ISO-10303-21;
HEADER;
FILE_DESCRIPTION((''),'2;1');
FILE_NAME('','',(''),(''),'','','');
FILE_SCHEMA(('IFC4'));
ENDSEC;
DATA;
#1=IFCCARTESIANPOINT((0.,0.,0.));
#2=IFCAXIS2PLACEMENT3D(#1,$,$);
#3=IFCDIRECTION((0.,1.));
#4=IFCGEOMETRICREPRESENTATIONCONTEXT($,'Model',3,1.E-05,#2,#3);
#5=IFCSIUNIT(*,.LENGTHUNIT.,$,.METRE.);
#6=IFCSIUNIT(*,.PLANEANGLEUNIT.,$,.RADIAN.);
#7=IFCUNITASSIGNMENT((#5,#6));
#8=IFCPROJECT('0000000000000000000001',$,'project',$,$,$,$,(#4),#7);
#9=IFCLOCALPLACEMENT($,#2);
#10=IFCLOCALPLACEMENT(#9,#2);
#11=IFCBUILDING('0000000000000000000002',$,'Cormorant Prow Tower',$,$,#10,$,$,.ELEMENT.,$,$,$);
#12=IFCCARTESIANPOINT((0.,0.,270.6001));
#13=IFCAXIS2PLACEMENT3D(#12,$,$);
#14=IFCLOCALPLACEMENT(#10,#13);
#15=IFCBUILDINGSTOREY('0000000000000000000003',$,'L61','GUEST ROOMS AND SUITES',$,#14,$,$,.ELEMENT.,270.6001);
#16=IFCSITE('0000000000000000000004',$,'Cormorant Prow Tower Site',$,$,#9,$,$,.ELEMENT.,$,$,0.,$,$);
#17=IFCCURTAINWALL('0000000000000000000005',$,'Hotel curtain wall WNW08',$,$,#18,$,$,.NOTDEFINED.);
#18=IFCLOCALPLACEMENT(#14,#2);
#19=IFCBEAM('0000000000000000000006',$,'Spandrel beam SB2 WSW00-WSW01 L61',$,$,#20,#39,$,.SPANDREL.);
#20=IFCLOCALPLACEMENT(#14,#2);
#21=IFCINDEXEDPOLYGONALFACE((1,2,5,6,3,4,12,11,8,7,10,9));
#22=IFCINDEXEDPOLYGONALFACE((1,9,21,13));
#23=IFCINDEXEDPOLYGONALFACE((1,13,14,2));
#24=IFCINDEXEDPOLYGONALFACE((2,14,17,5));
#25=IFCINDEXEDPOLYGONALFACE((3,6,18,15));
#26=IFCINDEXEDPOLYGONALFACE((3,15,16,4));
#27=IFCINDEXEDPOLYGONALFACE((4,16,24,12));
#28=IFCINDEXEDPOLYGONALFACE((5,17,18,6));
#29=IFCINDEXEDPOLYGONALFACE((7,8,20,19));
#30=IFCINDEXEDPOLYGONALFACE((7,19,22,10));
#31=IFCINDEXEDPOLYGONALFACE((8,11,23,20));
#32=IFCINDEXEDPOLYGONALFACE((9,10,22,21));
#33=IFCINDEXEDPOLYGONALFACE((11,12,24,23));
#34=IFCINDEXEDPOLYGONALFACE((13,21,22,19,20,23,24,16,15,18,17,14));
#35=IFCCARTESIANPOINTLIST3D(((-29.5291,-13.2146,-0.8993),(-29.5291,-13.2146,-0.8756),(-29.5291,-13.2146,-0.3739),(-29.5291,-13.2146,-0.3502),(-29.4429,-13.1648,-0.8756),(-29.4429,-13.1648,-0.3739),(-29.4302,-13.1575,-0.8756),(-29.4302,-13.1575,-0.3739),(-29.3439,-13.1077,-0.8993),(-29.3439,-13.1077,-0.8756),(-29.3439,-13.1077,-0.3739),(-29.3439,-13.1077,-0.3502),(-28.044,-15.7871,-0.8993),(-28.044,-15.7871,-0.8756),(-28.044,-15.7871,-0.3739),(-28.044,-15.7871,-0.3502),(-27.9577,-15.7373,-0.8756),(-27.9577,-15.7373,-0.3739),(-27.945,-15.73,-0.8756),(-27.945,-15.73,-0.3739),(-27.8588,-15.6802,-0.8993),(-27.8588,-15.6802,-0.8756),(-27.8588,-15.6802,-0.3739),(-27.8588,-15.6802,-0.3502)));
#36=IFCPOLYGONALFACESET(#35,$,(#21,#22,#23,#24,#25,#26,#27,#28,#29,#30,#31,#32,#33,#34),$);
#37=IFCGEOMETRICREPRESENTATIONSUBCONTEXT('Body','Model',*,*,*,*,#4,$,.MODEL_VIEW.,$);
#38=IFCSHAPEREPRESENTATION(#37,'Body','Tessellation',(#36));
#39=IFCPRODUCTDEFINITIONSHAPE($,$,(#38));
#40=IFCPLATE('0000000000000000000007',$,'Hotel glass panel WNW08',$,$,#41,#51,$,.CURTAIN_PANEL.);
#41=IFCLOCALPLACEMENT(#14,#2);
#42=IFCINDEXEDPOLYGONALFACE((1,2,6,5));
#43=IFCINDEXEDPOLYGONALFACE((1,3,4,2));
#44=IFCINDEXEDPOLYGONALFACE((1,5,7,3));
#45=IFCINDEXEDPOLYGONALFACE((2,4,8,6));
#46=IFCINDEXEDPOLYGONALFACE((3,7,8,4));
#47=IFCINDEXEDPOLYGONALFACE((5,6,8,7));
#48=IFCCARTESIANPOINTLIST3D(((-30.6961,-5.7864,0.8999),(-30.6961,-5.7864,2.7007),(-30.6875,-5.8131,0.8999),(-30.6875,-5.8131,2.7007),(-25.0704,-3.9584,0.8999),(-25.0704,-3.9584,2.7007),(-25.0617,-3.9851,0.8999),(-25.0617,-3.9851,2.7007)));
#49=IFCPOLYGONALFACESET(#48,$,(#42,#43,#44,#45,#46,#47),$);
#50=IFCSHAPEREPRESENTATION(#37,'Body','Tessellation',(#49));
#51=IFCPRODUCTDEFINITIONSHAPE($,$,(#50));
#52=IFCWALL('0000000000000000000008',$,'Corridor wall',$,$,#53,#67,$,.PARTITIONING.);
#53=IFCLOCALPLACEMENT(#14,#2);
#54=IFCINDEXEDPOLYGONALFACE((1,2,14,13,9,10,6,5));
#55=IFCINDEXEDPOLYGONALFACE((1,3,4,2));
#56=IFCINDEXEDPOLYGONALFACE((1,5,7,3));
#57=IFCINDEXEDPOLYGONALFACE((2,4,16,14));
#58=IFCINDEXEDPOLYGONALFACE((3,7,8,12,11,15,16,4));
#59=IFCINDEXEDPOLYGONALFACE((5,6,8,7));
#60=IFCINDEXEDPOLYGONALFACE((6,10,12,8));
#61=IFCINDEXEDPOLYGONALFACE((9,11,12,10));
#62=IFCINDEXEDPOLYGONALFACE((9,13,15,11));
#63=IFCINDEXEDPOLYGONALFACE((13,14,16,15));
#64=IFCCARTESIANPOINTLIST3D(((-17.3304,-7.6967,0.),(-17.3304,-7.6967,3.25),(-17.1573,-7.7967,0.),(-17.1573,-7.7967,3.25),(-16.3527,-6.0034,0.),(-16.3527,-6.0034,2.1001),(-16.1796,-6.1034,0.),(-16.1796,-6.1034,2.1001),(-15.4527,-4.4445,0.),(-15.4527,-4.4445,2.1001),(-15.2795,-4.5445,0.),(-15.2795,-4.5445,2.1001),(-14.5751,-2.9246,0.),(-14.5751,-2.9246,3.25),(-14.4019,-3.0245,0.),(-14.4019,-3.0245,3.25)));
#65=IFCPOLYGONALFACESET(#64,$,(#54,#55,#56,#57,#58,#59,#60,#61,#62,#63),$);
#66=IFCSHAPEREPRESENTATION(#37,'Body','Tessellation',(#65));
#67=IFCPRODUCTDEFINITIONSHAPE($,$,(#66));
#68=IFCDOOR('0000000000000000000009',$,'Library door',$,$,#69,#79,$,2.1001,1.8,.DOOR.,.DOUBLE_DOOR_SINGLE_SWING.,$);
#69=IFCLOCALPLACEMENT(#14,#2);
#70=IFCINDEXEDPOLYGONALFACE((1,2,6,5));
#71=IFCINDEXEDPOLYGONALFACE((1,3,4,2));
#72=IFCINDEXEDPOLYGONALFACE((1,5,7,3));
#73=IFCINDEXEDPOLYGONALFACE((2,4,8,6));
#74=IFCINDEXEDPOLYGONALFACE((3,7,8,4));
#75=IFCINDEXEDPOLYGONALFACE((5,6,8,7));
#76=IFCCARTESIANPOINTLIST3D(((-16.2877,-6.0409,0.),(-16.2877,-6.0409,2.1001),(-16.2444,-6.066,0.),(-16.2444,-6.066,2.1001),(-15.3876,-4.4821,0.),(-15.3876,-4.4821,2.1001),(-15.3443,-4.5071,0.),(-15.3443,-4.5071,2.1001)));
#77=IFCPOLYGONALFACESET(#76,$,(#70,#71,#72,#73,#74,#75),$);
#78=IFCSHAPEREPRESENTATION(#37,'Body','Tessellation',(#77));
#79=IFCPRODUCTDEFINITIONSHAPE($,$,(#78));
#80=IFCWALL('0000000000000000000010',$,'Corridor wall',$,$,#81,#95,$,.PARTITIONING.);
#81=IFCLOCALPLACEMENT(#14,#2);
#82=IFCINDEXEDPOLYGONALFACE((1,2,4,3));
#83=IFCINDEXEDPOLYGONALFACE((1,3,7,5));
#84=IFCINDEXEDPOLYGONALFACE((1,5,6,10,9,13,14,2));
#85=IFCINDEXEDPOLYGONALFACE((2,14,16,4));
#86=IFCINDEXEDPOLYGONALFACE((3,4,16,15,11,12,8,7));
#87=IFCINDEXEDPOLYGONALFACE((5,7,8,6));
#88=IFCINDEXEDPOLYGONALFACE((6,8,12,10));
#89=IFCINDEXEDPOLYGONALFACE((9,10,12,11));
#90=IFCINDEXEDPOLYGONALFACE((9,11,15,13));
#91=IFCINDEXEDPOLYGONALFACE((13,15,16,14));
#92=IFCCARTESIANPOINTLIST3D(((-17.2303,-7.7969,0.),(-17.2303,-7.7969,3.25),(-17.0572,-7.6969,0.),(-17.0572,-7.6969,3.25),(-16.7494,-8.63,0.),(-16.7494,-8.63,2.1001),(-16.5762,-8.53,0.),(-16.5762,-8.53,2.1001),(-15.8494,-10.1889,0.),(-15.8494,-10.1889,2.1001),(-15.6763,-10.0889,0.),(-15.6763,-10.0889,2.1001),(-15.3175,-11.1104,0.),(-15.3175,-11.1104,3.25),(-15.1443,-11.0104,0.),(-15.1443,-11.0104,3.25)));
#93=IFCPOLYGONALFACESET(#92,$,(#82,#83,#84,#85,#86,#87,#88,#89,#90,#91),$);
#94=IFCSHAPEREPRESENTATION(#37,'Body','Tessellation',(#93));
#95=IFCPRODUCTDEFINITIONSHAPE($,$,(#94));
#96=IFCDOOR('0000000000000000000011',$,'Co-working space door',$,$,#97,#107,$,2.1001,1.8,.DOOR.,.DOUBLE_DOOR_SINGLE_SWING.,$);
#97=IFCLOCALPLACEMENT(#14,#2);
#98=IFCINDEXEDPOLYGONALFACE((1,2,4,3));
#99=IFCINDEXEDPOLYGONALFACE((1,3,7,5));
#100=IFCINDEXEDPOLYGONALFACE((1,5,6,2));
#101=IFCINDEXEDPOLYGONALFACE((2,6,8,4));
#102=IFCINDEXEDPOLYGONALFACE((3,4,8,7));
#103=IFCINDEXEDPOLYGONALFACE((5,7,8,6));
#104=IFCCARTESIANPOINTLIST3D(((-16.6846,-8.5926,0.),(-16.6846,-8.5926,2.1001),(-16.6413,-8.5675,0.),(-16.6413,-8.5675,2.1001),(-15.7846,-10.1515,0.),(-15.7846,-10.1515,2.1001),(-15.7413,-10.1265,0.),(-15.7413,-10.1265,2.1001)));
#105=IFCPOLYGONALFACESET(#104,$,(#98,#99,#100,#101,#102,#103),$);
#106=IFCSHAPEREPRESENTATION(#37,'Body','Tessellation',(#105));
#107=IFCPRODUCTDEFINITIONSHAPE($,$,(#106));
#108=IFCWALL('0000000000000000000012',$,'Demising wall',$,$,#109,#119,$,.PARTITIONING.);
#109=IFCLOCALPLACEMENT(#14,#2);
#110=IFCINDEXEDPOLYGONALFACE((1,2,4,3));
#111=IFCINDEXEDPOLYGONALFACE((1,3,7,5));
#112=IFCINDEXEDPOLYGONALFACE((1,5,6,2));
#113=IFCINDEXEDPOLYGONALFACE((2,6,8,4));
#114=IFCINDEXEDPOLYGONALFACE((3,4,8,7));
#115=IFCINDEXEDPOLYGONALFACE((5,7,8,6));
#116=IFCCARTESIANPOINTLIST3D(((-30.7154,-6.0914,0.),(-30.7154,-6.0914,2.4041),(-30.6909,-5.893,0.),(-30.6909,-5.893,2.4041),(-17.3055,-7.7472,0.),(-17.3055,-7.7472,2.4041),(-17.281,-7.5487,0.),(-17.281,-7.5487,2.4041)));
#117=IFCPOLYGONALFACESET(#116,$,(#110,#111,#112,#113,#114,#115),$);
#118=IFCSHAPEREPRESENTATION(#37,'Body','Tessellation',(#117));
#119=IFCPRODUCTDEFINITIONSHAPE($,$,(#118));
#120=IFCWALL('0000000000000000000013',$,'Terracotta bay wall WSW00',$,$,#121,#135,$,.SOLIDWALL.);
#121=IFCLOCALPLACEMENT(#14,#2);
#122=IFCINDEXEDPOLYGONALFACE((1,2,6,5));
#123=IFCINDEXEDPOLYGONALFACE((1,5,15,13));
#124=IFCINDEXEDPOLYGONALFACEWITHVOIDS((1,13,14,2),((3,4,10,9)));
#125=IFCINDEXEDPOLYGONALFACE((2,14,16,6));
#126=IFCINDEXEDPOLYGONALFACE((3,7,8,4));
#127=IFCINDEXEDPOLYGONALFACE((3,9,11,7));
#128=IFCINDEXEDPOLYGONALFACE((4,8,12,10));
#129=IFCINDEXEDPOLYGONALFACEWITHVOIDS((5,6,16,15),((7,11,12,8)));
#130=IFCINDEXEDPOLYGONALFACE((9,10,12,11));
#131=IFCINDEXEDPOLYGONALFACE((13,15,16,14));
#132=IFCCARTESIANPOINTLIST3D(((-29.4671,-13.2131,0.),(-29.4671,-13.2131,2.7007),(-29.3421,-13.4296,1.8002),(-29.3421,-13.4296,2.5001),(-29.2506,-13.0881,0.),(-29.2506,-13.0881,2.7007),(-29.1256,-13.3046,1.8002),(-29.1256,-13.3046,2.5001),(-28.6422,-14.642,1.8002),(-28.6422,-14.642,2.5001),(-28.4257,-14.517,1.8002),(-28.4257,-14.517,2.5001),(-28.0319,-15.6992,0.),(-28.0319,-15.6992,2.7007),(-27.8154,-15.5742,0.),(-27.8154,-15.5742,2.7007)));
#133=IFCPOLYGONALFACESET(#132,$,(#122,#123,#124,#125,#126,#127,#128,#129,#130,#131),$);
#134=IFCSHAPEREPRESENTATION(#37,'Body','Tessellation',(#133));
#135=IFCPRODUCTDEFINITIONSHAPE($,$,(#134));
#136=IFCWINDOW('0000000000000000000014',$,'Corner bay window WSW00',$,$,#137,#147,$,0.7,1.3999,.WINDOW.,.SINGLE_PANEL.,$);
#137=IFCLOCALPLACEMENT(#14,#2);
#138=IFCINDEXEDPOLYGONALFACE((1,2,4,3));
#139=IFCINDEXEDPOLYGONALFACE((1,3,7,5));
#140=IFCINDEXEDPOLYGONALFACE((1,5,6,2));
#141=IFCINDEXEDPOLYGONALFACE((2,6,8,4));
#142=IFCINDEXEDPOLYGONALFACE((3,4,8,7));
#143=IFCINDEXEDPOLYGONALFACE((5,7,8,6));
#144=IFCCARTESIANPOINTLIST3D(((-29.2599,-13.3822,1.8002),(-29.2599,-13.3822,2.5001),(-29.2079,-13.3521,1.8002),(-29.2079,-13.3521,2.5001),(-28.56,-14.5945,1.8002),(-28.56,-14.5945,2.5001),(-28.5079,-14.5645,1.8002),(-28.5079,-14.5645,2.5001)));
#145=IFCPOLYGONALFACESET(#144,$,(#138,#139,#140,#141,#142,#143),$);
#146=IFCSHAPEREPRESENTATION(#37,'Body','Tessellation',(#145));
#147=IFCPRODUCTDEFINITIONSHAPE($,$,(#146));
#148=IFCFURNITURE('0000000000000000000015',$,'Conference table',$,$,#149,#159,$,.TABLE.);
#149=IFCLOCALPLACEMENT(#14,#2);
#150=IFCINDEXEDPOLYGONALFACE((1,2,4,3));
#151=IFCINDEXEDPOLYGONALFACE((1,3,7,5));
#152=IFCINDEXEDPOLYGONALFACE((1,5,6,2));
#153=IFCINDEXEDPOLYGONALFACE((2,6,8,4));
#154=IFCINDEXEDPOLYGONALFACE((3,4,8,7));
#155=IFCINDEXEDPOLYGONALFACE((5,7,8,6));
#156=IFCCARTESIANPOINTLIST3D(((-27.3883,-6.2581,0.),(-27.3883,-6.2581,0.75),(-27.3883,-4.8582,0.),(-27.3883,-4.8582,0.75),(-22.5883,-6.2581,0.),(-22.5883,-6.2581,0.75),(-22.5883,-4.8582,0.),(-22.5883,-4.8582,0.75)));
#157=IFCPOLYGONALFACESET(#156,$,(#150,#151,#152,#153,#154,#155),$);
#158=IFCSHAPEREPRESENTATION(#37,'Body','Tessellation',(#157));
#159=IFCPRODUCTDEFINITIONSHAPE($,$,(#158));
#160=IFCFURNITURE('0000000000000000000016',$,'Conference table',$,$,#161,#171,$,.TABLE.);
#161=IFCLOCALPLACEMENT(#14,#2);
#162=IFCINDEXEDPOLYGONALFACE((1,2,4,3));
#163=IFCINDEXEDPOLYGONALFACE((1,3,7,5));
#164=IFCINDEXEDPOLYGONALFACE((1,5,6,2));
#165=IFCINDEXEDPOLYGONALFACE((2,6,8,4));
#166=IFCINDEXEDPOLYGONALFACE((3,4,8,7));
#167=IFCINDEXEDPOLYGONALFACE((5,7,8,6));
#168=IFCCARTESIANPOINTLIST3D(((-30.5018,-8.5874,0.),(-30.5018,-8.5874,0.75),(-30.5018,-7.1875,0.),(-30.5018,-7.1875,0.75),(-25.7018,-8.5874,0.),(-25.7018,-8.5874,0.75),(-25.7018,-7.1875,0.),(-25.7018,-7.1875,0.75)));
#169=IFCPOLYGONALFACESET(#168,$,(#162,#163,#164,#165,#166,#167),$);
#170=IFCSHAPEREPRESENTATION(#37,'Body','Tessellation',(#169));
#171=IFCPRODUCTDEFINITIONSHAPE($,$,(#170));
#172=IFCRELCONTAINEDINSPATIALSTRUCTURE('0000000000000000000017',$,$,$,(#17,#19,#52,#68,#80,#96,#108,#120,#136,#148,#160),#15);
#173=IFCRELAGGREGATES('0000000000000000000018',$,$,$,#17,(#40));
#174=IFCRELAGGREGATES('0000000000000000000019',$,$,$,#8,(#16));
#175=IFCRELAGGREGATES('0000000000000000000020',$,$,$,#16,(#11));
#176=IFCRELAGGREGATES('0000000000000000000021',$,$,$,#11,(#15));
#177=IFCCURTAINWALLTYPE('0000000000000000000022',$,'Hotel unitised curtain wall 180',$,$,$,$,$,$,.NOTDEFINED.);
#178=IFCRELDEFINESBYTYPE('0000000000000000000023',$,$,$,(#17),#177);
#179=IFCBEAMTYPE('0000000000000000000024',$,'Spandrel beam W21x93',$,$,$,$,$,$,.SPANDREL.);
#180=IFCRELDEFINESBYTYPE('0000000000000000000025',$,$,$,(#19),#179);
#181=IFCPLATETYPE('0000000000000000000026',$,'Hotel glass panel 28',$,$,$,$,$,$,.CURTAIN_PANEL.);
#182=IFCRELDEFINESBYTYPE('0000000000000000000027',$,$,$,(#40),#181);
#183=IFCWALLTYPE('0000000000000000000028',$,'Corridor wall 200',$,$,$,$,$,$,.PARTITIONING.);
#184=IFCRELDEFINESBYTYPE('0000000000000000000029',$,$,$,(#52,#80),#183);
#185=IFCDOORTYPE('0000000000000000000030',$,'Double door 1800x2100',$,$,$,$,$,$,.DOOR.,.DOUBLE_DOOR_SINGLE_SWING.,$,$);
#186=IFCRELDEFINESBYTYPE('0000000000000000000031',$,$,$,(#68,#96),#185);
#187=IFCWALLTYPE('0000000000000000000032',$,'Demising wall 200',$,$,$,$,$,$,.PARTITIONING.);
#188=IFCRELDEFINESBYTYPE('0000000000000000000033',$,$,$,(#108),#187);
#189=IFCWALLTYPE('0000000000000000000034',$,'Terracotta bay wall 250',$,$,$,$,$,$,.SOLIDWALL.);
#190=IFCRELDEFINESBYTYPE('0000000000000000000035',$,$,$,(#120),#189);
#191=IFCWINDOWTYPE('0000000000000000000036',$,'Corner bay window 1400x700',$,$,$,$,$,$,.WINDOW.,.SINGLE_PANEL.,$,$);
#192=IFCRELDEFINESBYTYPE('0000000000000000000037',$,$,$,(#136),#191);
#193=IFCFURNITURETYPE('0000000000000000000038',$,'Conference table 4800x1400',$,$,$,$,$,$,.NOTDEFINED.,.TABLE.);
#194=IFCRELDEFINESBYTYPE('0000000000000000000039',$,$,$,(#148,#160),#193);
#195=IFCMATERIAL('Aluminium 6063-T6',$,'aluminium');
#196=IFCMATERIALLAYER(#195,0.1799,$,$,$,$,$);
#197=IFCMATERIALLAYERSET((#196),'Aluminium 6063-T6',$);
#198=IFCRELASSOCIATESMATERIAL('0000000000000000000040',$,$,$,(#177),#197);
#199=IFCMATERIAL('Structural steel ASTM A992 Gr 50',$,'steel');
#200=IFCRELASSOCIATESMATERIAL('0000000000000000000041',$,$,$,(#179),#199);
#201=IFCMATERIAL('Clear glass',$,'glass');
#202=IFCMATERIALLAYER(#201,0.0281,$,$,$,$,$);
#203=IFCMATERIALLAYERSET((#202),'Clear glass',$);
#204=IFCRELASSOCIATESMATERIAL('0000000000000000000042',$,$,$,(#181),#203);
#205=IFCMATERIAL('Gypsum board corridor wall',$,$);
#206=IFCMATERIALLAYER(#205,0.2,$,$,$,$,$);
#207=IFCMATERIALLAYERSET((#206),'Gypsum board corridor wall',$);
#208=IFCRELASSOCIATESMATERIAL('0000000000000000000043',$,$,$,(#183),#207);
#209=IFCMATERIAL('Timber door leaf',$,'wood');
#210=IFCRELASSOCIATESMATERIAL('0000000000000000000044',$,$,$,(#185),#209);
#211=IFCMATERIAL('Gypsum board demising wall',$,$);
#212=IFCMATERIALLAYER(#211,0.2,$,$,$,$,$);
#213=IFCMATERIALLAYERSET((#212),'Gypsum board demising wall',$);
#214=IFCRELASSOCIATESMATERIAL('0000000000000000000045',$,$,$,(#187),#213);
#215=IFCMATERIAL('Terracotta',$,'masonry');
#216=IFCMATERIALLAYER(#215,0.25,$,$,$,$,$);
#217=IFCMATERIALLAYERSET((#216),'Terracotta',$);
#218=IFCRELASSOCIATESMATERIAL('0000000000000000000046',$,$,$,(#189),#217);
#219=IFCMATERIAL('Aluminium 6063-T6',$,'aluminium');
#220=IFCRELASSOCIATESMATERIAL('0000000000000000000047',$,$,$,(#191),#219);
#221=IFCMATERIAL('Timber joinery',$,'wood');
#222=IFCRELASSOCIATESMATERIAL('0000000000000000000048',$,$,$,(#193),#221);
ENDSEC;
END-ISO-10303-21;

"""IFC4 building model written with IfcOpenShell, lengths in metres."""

from ifc_helpers import new_model, si_unit, direction, frame, frame_2d, origin, origin_2d, place, context, subcontext, project, spatial, rectangle, i_section, extrude, material, layer, layer_set, material_profile, profile_set, type_object, element, fill, aggregate, save


model = new_model("IFC4")

# Units and contexts
model_context = context("Model", 3, precision=1e-05, world=origin(), true_north=direction((0.0, 1.0)))
body_context = subcontext(model_context, "Body", "Model", "MODEL_VIEW")
ifc_project = project(units=[si_unit("LENGTHUNIT", "METRE"), si_unit("PLANEANGLEUNIT", "RADIAN")], contexts=[model_context])

# Site, building, storey
site_placement = place(None, origin())
site = spatial("IfcSite", under=ifc_project, at=site_placement, Name="Cormorant Prow Tower Site", CompositionType="ELEMENT", RefElevation=0.0)
building_placement = place(site_placement, origin())
building = spatial("IfcBuilding", under=site, at=building_placement, Name="Cormorant Prow Tower", CompositionType="ELEMENT")
storey_placement = place(building_placement, frame((0.0, 0.0, 270.6001)))
storey = spatial("IfcBuildingStorey", under=building, at=storey_placement, Name="L61", Description="GUEST ROOMS AND SUITES", CompositionType="ELEMENT", Elevation=270.6001)

# Curtain wall
ifc_material_1 = material(Name="Aluminium 6063-T6", Category="aluminium")
ifc_layer_1 = layer(ifc_material_1, 0.1799)
ifc_layer_set_1 = layer_set([ifc_layer_1], Name="Aluminium 6063-T6")
curtain_wall_type = type_object("IfcCurtainWallType", Name="Hotel unitised curtain wall 180", PredefinedType="NOTDEFINED", material=ifc_layer_set_1)
curtain_wall_placement = place(storey_placement, origin())
curtain_wall = element("IfcCurtainWall", 1, at=curtain_wall_placement, inside=storey, type_object=curtain_wall_type, Name="Hotel curtain wall WNW08", PredefinedType="NOTDEFINED")

# Beam
ifc_material_2 = material(Name="Structural steel ASTM A992 Gr 50", Category="steel")
ifc_material_profile_1 = material_profile(ifc_material_2, i_section(OverallWidth=0.2139, OverallDepth=0.5491, WebThickness=0.0146, FlangeThickness=0.0237, at=origin_2d()), Name="W21x93")
ifc_profile_set_1 = profile_set([ifc_material_profile_1], Name="Structural steel ASTM A992 Gr 50")
beam_type_1 = type_object("IfcBeamType", Name="Spandrel beam W21x93", PredefinedType="SPANDREL", material=ifc_profile_set_1)
beam_1_placement = place(storey_placement, frame((-29.4365, -13.1611, -0.6248), z_axis=(0.499967, -0.866045, 0.0), x_axis=(0.866045, 0.499967, 0.0)))
element("IfcBeam", 2, at=beam_1_placement, inside=storey, type_object=beam_type_1, Name="Spandrel beam SB2 WSW00-WSW01 L61", PredefinedType="SPANDREL", context=body_context, shape_type="SweptSolid", body=[
    extrude(i_section(OverallWidth=0.2139, OverallDepth=0.5491, WebThickness=0.0146, FlangeThickness=0.0237, at=origin_2d()), origin(), (0.0, 0.0, 1.0), 2.9705),
])

# Plate
ifc_material_3 = material(Name="Clear glass", Category="glass")
ifc_layer_2 = layer(ifc_material_3, 0.0281)
ifc_layer_set_2 = layer_set([ifc_layer_2], Name="Clear glass")
plate_type = type_object("IfcPlateType", Name="Hotel glass panel 28", PredefinedType="CURTAIN_PANEL", material=ifc_layer_set_2)
plate_placement = place(storey_placement, frame((-27.8789, -4.8857, 0.8999), z_axis=(0.0, 0.0, 1.0), x_axis=(-0.951057, -0.309017, 0.0)))
plate = element("IfcPlate", 3, at=plate_placement, type_object=plate_type, Name="Hotel glass panel WNW08", PredefinedType="CURTAIN_PANEL", context=body_context, shape_type="SweptSolid", body=[
    extrude(rectangle(XDim=5.9153, YDim=0.0281, at=origin_2d()), origin(), (0.0, 0.0, 1.0), 1.8008),
])
aggregate(curtain_wall, [plate])

# Walls, openings, doors
ifc_material_4 = material(Name="Gypsum board corridor wall")
ifc_layer_3 = layer(ifc_material_4, 0.2)
ifc_layer_set_3 = layer_set([ifc_layer_3], Name="Gypsum board corridor wall")
wall_type_1 = type_object("IfcWallType", Name="Corridor wall 200", PredefinedType="PARTITIONING", material=ifc_layer_set_3)
wall_1_placement = place(storey_placement, frame((-17.2439, -7.7468, 0.0), z_axis=(0.0, 0.0, 1.0), x_axis=(0.500018, 0.866015, 0.0)))
wall_1 = element("IfcWall", 4, at=wall_1_placement, inside=storey, type_object=wall_type_1, Name="Corridor wall", PredefinedType="PARTITIONING", context=body_context, shape_type="SweptSolid", body=[
    extrude(rectangle(XDim=5.5105, YDim=0.2, at=frame_2d((2.7554, 0.0))), origin(), (0.0, 0.0, 1.0), 3.25),
])
opening_1_placement = place(wall_1_placement, frame((1.9556, 0.0, 0.0)))
opening_1 = element("IfcOpeningElement", 5, at=opening_1_placement, cuts=wall_1, PredefinedType="OPENING", context=body_context, shape_type="SweptSolid", body=[
    extrude(rectangle(XDim=1.8, YDim=2.1001, at=frame_2d((0.8999, 1.05))), frame((0.0, 0.1099, 0.0), z_axis=(0.0, -1.0, 0.0), x_axis=(1.0, 0.0, 0.0)), (0.0, 0.0, 1.0), 0.22),
])
ifc_material_5 = material(Name="Timber door leaf", Category="wood")
door_type_1 = type_object("IfcDoorType", Name="Double door 1800x2100", OperationType="DOUBLE_DOOR_SINGLE_SWING", PredefinedType="DOOR", material=ifc_material_5)
door_1_placement = place(opening_1_placement, origin())
door_1 = element("IfcDoor", 6, at=door_1_placement, inside=storey, type_object=door_type_1, Name="Library door", OperationType="DOUBLE_DOOR_SINGLE_SWING", OverallHeight=2.1001, OverallWidth=1.8, PredefinedType="DOOR", context=body_context, shape_type="SweptSolid", body=[
    extrude(rectangle(XDim=1.8, YDim=2.1001, at=frame_2d((0.8999, 1.05))), frame((0.0, 0.0249, 0.0), z_axis=(0.0, -1.0, 0.0), x_axis=(1.0, 0.0, 0.0)), (0.0, 0.0, 1.0), 0.05),
])
fill(opening_1, door_1)
wall_2_placement = place(storey_placement, frame((-17.1438, -7.7468, 0.0), z_axis=(0.0, 0.0, 1.0), x_axis=(0.499962, -0.866047, 0.0)))
wall_2 = element("IfcWall", 7, at=wall_2_placement, inside=storey, type_object=wall_type_1, Name="Corridor wall", PredefinedType="PARTITIONING", context=body_context, shape_type="SweptSolid", body=[
    extrude(rectangle(XDim=3.8259, YDim=0.2, at=frame_2d((1.9131, 0.0))), origin(), (0.0, 0.0, 1.0), 3.25),
])
opening_2_placement = place(wall_2_placement, frame((0.9622, 0.0, 0.0)))
opening_2 = element("IfcOpeningElement", 8, at=opening_2_placement, cuts=wall_2, PredefinedType="OPENING", context=body_context, shape_type="SweptSolid", body=[
    extrude(rectangle(XDim=1.8, YDim=2.1001, at=frame_2d((0.8999, 1.05))), frame((0.0, 0.1099, 0.0), z_axis=(0.0, -1.0, 0.0), x_axis=(1.0, 0.0, 0.0)), (0.0, 0.0, 1.0), 0.22),
])
door_2_placement = place(opening_2_placement, origin())
door_2 = element("IfcDoor", 9, at=door_2_placement, inside=storey, type_object=door_type_1, Name="Co-working space door", OperationType="DOUBLE_DOOR_SINGLE_SWING", OverallHeight=2.1001, OverallWidth=1.8, PredefinedType="DOOR", context=body_context, shape_type="SweptSolid", body=[
    extrude(rectangle(XDim=1.8, YDim=2.1001, at=frame_2d((0.8999, 1.05))), frame((0.0, 0.0249, 0.0), z_axis=(0.0, -1.0, 0.0), x_axis=(1.0, 0.0, 0.0)), (0.0, 0.0, 1.0), 0.05),
])
fill(opening_2, door_2)

# Wall
ifc_material_6 = material(Name="Gypsum board demising wall")
ifc_layer_4 = layer(ifc_material_6, 0.2)
ifc_layer_set_4 = layer_set([ifc_layer_4], Name="Gypsum board demising wall")
wall_type_2 = type_object("IfcWallType", Name="Demising wall 200", PredefinedType="PARTITIONING", material=ifc_layer_set_4)
wall_3_placement = place(storey_placement, frame((-30.7031, -5.9922, 0.0), z_axis=(0.0, 0.0, 1.0), x_axis=(0.992463, -0.122542, 0.0)))
element("IfcWall", 10, at=wall_3_placement, inside=storey, type_object=wall_type_2, Name="Demising wall", PredefinedType="PARTITIONING", context=body_context, shape_type="SweptSolid", body=[
    extrude(rectangle(XDim=13.5117, YDim=0.2, at=frame_2d((6.7559, 0.0))), origin(), (0.0, 0.0, 1.0), 2.4041),
])

# Wall, opening, window
ifc_material_7 = material(Name="Terracotta", Category="masonry")
ifc_layer_5 = layer(ifc_material_7, 0.25)
ifc_layer_set_5 = layer_set([ifc_layer_5], Name="Terracotta")
wall_type_3 = type_object("IfcWallType", Name="Terracotta bay wall 250", PredefinedType="SOLIDWALL", material=ifc_layer_set_5)
wall_4_placement = place(storey_placement, frame((-29.3589, -13.1506, 0.0), z_axis=(0.0, 0.0, 1.0), x_axis=(0.49999, -0.866031, 0.0)))
wall_4 = element("IfcWall", 11, at=wall_4_placement, inside=storey, type_object=wall_type_3, Name="Terracotta bay wall WSW00", PredefinedType="SOLIDWALL", context=body_context, shape_type="SweptSolid", body=[
    extrude(rectangle(XDim=2.8706, YDim=0.25, at=frame_2d((1.4353, 0.0))), origin(), (0.0, 0.0, 1.0), 2.7007),
])
opening_3_placement = place(wall_4_placement, frame((0.25, 0.0, 1.8)))
opening_3 = element("IfcOpeningElement", 12, at=opening_3_placement, cuts=wall_4, PredefinedType="OPENING", context=body_context, shape_type="SweptSolid", body=[
    extrude(rectangle(XDim=1.3999, YDim=0.7, at=frame_2d((0.7, 0.3501))), frame((0.0, 0.135, 0.0), z_axis=(0.0, -1.0, 0.0), x_axis=(1.0, 0.0, 0.0)), (0.0, 0.0, 1.0), 0.27),
])
ifc_material_8 = material(Name="Aluminium 6063-T6", Category="aluminium")
window_type = type_object("IfcWindowType", Name="Corner bay window 1400x700", PartitioningType="SINGLE_PANEL", PredefinedType="WINDOW", material=ifc_material_8)
window_placement = place(opening_3_placement, origin())
window = element("IfcWindow", 13, at=window_placement, inside=storey, type_object=window_type, Name="Corner bay window WSW00", OverallHeight=0.7, OverallWidth=1.3999, PartitioningType="SINGLE_PANEL", PredefinedType="WINDOW", context=body_context, shape_type="SweptSolid", body=[
    extrude(rectangle(XDim=1.3999, YDim=0.7, at=frame_2d((0.7, 0.3501))), frame((0.0, 0.03, 0.0), z_axis=(0.0, -1.0, 0.0), x_axis=(1.0, 0.0, 0.0)), (0.0, 0.0, 1.0), 0.0601),
])
fill(opening_3, window)

# Furniture
ifc_material_9 = material(Name="Timber joinery", Category="wood")
furniture_type = type_object("IfcFurnitureType", Name="Conference table 4800x1400", AssemblyPlace="NOTDEFINED", PredefinedType="TABLE", material=ifc_material_9)
for number, where, z_axis, x_axis, name in (
    (14, (-24.9883, -5.5581, 0.0), (0.0, 0.0, 1.0), (1.0, 0.0, 0.0), "Conference table"),
    (15, (-28.1018, -7.8875, 0.0), (0.0, 0.0, 1.0), (1.0, 0.0, 0.0), "Conference table"),
):
    element("IfcFurniture", number, at=place(storey_placement, frame(where, z_axis=z_axis, x_axis=x_axis)), inside=storey, type_object=furniture_type, Name=name, PredefinedType="TABLE", context=body_context, shape_type="SweptSolid", body=[
        extrude(rectangle(XDim=4.8, YDim=1.3999, at=origin_2d()), origin(), (0.0, 0.0, 1.0), 0.75),
    ])

save(model, "model.ifc")
